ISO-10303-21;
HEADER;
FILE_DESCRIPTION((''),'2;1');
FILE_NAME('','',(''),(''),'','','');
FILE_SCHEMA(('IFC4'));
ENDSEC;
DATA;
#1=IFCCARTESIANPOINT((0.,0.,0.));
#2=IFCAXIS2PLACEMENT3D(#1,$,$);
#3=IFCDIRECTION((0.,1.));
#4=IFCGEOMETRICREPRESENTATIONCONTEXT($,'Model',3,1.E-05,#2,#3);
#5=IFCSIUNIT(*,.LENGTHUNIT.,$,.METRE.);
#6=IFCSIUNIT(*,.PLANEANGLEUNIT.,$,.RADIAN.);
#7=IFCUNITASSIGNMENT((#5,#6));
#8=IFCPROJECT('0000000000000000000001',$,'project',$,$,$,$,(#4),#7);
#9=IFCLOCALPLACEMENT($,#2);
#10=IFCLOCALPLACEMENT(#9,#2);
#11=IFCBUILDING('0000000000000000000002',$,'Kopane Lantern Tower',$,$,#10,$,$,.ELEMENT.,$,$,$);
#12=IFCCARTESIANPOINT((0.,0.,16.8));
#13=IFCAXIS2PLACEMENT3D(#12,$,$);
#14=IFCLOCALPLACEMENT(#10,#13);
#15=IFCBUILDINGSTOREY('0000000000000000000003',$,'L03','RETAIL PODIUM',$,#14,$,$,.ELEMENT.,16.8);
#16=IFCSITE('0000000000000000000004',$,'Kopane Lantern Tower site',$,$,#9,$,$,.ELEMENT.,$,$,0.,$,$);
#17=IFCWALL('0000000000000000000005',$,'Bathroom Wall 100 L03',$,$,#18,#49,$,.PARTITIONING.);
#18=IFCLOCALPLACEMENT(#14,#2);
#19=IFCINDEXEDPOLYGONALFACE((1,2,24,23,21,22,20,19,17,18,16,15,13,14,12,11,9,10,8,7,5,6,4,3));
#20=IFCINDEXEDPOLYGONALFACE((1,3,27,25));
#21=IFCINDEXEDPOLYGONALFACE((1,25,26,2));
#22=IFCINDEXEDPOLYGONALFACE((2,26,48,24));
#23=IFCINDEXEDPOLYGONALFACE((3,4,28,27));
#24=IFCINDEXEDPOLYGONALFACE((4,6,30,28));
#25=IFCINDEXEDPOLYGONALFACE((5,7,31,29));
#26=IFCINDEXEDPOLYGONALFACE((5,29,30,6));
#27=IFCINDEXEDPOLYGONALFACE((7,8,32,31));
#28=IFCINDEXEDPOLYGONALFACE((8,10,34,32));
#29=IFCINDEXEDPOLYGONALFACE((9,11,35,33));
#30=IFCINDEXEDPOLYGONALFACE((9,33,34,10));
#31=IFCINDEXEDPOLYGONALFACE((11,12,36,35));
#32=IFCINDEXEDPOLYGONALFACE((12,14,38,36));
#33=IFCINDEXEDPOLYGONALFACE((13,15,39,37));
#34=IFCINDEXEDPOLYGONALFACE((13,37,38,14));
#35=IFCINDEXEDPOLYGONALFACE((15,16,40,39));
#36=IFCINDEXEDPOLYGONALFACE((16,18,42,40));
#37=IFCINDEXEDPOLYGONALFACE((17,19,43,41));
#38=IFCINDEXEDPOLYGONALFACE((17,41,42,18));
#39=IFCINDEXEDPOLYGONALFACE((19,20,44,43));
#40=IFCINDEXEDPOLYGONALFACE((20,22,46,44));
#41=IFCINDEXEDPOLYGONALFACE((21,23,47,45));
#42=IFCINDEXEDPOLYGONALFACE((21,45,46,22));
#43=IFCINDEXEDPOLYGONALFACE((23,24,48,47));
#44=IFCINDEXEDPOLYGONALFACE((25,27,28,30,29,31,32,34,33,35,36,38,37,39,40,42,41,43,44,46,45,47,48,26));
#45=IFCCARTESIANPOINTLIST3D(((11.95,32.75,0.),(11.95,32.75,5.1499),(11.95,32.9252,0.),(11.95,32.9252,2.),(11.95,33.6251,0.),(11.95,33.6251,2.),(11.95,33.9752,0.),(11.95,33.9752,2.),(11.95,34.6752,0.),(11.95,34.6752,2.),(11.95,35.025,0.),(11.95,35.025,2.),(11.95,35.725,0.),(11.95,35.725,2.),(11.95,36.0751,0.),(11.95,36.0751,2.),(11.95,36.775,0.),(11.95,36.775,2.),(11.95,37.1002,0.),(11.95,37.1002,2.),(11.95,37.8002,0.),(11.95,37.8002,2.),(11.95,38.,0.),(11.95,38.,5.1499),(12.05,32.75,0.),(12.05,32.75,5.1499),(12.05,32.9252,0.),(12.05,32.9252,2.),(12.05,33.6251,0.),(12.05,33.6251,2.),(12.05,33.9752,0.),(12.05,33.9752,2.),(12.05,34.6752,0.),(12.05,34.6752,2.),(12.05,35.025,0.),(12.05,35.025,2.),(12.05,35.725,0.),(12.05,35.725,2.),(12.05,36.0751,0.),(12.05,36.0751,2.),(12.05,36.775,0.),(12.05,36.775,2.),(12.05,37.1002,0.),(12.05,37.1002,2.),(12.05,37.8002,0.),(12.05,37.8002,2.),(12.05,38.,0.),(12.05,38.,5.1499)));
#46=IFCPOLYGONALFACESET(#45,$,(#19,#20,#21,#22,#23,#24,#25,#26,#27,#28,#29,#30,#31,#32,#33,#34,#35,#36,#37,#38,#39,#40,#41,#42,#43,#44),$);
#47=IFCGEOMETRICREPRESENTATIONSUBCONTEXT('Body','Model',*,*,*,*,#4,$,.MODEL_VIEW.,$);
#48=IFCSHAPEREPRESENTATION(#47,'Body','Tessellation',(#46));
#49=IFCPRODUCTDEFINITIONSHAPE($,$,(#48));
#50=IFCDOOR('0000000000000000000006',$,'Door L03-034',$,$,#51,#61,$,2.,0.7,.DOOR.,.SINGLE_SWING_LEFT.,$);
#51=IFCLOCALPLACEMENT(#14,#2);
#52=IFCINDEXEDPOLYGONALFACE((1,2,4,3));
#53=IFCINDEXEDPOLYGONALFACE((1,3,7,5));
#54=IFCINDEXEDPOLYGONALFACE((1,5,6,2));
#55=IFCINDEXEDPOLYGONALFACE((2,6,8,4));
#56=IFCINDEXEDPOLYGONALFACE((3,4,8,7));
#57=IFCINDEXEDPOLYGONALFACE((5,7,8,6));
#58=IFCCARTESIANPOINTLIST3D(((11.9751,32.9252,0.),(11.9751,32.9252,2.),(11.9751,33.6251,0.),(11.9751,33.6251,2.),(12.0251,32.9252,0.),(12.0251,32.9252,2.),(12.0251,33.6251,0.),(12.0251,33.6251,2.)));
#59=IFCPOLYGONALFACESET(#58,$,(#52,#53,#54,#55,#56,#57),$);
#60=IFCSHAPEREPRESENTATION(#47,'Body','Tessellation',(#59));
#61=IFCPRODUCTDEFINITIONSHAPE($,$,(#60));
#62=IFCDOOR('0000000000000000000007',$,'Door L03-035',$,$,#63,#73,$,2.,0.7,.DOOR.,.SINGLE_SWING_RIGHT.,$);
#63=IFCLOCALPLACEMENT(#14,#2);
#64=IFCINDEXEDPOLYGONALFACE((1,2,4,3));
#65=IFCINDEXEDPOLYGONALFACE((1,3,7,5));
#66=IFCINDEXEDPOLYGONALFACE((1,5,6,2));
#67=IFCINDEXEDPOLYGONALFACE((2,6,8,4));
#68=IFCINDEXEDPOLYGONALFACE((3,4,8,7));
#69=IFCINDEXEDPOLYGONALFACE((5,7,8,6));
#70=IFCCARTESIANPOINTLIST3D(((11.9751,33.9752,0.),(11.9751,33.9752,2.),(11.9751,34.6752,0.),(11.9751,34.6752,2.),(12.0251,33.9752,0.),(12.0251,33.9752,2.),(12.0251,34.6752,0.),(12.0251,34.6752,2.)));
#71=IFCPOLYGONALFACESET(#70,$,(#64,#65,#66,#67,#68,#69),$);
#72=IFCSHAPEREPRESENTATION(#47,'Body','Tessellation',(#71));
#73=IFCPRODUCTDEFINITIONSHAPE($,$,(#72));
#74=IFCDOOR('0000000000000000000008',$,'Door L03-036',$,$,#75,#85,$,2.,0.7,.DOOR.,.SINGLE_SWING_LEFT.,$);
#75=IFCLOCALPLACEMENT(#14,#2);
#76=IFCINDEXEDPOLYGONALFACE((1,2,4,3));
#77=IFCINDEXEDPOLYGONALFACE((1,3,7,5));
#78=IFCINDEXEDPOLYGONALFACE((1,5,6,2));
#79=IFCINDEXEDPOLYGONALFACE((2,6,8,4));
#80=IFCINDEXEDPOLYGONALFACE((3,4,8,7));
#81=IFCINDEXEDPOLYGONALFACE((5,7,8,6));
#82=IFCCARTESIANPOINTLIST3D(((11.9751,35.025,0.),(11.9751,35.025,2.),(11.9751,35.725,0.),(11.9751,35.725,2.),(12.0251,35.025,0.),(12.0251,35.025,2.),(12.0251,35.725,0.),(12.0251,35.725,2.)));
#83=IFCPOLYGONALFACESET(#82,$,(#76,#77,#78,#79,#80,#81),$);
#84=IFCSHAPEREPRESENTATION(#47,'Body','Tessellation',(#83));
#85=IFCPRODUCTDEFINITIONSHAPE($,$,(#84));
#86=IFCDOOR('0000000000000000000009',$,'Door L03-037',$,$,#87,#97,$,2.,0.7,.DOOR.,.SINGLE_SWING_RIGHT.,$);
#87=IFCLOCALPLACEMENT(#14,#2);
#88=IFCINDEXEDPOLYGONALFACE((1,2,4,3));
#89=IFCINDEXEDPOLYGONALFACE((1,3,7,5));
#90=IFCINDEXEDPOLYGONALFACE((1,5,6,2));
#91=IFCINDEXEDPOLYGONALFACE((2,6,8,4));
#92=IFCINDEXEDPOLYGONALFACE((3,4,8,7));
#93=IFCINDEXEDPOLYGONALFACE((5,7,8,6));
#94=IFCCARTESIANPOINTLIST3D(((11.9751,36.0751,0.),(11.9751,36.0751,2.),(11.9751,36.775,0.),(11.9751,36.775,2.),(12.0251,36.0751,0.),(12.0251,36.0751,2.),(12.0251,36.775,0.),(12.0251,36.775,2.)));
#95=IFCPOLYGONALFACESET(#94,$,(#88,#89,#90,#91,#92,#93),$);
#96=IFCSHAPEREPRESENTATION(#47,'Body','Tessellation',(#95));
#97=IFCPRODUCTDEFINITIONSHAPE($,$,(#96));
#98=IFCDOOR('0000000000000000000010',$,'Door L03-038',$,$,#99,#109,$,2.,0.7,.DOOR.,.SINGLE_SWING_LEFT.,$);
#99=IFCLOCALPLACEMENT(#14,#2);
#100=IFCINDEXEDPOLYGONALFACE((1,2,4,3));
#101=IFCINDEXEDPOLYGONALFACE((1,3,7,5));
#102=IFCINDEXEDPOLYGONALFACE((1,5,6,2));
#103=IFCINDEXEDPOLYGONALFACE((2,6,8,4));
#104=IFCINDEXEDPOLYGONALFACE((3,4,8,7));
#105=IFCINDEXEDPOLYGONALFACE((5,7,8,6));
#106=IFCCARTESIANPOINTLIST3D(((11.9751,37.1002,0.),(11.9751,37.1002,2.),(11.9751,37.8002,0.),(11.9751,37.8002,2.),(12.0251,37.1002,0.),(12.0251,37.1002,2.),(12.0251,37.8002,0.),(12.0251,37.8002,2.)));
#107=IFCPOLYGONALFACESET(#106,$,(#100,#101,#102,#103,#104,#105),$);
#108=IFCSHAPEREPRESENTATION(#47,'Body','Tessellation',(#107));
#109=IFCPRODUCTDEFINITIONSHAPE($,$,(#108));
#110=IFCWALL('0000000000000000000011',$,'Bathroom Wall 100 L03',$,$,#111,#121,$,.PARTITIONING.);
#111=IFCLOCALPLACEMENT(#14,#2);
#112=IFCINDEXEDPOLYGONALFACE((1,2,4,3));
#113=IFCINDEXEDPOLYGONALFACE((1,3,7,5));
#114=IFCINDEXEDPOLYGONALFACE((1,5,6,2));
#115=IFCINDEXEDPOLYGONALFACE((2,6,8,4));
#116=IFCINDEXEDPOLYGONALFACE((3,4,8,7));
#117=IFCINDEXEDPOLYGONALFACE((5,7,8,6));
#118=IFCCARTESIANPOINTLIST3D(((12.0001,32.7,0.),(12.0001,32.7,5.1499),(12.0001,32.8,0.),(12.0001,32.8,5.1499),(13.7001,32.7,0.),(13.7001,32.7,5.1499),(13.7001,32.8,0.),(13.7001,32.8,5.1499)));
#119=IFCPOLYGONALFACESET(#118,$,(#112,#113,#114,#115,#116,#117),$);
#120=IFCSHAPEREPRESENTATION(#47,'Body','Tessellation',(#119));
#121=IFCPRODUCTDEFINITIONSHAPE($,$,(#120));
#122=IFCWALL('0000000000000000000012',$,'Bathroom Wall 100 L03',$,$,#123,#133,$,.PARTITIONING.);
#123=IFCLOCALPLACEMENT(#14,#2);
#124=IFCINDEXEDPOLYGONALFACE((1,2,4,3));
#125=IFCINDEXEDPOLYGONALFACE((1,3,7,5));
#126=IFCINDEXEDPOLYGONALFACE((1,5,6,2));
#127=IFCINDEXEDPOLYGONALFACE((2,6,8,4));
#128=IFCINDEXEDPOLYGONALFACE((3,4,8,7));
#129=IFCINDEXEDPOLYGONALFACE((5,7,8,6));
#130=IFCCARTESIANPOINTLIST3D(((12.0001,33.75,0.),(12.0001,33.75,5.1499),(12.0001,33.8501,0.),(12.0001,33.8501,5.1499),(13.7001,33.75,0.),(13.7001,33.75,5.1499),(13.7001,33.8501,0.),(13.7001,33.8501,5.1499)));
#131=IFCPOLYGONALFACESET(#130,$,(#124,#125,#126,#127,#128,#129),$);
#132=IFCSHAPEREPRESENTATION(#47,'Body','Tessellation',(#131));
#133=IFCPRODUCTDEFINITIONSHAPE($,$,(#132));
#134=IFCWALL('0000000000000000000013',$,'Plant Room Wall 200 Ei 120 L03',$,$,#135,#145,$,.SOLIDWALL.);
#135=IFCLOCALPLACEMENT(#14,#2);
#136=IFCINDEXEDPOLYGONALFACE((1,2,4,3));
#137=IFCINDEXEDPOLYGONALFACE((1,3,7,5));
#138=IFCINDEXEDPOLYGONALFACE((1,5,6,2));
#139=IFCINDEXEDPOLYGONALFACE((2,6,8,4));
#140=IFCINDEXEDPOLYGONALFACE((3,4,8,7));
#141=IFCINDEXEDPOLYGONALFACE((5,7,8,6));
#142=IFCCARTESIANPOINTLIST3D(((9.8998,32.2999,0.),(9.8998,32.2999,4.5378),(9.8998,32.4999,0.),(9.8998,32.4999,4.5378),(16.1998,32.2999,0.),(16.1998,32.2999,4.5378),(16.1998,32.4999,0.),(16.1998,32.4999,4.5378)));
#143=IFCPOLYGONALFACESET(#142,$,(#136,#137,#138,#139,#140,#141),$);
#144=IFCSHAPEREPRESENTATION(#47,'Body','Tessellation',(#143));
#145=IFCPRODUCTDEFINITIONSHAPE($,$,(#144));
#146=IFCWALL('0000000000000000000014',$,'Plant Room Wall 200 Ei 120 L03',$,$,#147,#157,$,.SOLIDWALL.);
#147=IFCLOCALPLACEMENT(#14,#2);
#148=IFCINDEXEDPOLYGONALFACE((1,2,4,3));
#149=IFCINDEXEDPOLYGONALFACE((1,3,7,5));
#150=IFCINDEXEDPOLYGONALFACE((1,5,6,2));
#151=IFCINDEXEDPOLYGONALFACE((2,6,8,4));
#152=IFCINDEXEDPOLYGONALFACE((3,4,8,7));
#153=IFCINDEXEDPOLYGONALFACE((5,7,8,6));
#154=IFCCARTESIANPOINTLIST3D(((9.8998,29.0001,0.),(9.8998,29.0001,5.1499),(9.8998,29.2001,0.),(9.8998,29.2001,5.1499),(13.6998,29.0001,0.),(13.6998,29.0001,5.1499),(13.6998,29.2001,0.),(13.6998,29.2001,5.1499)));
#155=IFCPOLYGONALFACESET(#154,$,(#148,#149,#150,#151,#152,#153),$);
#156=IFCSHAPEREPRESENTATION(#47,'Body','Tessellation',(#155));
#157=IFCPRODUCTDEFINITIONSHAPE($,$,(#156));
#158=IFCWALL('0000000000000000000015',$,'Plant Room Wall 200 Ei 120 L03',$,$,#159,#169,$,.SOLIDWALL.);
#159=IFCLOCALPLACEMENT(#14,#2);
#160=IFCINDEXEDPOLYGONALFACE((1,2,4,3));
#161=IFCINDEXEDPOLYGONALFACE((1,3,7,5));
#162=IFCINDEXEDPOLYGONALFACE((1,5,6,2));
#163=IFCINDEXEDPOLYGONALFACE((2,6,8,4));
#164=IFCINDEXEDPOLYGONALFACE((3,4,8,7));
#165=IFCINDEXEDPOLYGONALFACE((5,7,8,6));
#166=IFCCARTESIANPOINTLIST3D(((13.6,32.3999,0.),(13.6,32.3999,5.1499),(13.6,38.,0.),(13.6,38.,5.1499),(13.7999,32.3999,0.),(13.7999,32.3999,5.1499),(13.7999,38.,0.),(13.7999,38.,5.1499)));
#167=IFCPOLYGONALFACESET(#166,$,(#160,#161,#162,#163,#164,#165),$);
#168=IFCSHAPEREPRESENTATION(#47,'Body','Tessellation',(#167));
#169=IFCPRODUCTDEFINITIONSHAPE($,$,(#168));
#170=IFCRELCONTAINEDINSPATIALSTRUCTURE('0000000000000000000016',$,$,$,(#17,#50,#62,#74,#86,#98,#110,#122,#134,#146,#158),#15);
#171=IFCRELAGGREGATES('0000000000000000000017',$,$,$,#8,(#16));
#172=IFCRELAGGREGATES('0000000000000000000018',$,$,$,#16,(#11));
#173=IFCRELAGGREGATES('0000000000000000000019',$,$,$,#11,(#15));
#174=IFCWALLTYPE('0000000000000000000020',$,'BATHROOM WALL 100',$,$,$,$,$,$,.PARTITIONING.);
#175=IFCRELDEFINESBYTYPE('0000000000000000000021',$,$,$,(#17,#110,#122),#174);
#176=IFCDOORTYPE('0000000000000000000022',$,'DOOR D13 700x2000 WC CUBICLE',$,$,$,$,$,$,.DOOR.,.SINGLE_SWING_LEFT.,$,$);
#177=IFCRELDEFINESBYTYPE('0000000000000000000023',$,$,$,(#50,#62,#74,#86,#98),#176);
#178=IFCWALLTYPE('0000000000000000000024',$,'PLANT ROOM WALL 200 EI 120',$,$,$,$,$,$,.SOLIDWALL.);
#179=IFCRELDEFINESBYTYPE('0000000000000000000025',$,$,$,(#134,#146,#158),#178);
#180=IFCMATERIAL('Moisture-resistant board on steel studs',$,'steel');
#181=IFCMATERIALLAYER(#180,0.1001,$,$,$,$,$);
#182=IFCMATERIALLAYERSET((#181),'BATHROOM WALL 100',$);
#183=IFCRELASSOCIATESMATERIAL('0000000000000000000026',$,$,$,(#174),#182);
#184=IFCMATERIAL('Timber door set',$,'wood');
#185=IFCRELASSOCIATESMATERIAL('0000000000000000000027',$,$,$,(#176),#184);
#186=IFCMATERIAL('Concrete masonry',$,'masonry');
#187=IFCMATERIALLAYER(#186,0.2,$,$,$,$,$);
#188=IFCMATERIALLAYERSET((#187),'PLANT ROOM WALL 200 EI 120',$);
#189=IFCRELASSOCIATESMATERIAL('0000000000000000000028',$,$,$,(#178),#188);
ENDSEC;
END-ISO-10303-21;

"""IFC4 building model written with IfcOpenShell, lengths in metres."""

from ifc_helpers import new_model, si_unit, direction, frame, frame_2d, origin, place, context, subcontext, project, spatial, rectangle, extrude, material, layer, layer_set, type_object, element, fill, save


model = new_model("IFC4")

# Units and contexts
model_context = context("Model", 3, precision=1e-05, world=origin(), true_north=direction((0.0, 1.0)))
body_context = subcontext(model_context, "Body", "Model", "MODEL_VIEW")
ifc_project = project(units=[si_unit("LENGTHUNIT", "METRE"), si_unit("PLANEANGLEUNIT", "RADIAN")], contexts=[model_context])

# Site, building, storey
site_placement = place(None, origin())
site = spatial("IfcSite", under=ifc_project, at=site_placement, Name="Kopane Lantern Tower site", CompositionType="ELEMENT", RefElevation=0.0)
building_placement = place(site_placement, origin())
building = spatial("IfcBuilding", under=site, at=building_placement, Name="Kopane Lantern Tower", CompositionType="ELEMENT")
storey_placement = place(building_placement, frame((0.0, 0.0, 16.8)))
storey = spatial("IfcBuildingStorey", under=building, at=storey_placement, Name="L03", Description="RETAIL PODIUM", CompositionType="ELEMENT", Elevation=16.8)

# Shared definitions
ifc_material_1 = material(Name="Moisture-resistant board on steel studs", Category="steel")
ifc_layer_1 = layer(ifc_material_1, 0.1001)
ifc_layer_set_1 = layer_set([ifc_layer_1], Name="BATHROOM WALL 100")
wall_type_1 = type_object("IfcWallType", Name="BATHROOM WALL 100", PredefinedType="PARTITIONING", material=ifc_layer_set_1)

# Wall, openings, doors
wall_1_placement = place(storey_placement, frame((12.0, 32.75, 0.0), z_axis=(0.0, 0.0, 1.0), x_axis=(0.0, 1.0, 0.0)))
wall_1 = element("IfcWall", 1, at=wall_1_placement, inside=storey, type_object=wall_type_1, Name="Bathroom Wall 100 L03", PredefinedType="PARTITIONING", context=body_context, shape_type="SweptSolid", body=[
    extrude(rectangle(XDim=5.25, YDim=0.1001, at=frame_2d((2.625, 0.0))), origin(), (0.0, 0.0, 1.0), 5.1499),
])
opening_1_placement = place(wall_1_placement, frame((0.175, 0.0, 0.0)))
opening_1 = element("IfcOpeningElement", 2, at=opening_1_placement, cuts=wall_1, PredefinedType="OPENING", context=body_context, shape_type="SweptSolid", body=[
    extrude(rectangle(XDim=0.7, YDim=2.0, at=frame_2d((0.3501, 1.0))), frame((0.0, 0.0601, 0.0), z_axis=(0.0, -1.0, 0.0), x_axis=(1.0, 0.0, 0.0)), (0.0, 0.0, 1.0), 0.1201),
])
opening_2_placement = place(wall_1_placement, frame((1.2251, 0.0, 0.0)))
opening_2 = element("IfcOpeningElement", 3, at=opening_2_placement, cuts=wall_1, PredefinedType="OPENING", context=body_context, shape_type="SweptSolid", body=[
    extrude(rectangle(XDim=0.7, YDim=2.0, at=frame_2d((0.3501, 1.0))), frame((0.0, 0.0601, 0.0), z_axis=(0.0, -1.0, 0.0), x_axis=(1.0, 0.0, 0.0)), (0.0, 0.0, 1.0), 0.1201),
])
opening_3_placement = place(wall_1_placement, frame((2.2749, 0.0, 0.0)))
opening_3 = element("IfcOpeningElement", 4, at=opening_3_placement, cuts=wall_1, PredefinedType="OPENING", context=body_context, shape_type="SweptSolid", body=[
    extrude(rectangle(XDim=0.7, YDim=2.0, at=frame_2d((0.3501, 1.0))), frame((0.0, 0.0601, 0.0), z_axis=(0.0, -1.0, 0.0), x_axis=(1.0, 0.0, 0.0)), (0.0, 0.0, 1.0), 0.1201),
])
opening_4_placement = place(wall_1_placement, frame((3.325, 0.0, 0.0)))
opening_4 = element("IfcOpeningElement", 5, at=opening_4_placement, cuts=wall_1, PredefinedType="OPENING", context=body_context, shape_type="SweptSolid", body=[
    extrude(rectangle(XDim=0.7, YDim=2.0, at=frame_2d((0.3501, 1.0))), frame((0.0, 0.0601, 0.0), z_axis=(0.0, -1.0, 0.0), x_axis=(1.0, 0.0, 0.0)), (0.0, 0.0, 1.0), 0.1201),
])
opening_5_placement = place(wall_1_placement, frame((4.3501, 0.0, 0.0)))
opening_5 = element("IfcOpeningElement", 6, at=opening_5_placement, cuts=wall_1, PredefinedType="OPENING", context=body_context, shape_type="SweptSolid", body=[
    extrude(rectangle(XDim=0.7, YDim=2.0, at=frame_2d((0.3501, 1.0))), frame((0.0, 0.0601, 0.0), z_axis=(0.0, -1.0, 0.0), x_axis=(1.0, 0.0, 0.0)), (0.0, 0.0, 1.0), 0.1201),
])
ifc_material_2 = material(Name="Timber door set", Category="wood")
door_type = type_object("IfcDoorType", Name="DOOR D13 700x2000 WC CUBICLE", OperationType="SINGLE_SWING_LEFT", PredefinedType="DOOR", material=ifc_material_2)
door_1_placement = place(opening_1_placement, origin())
door_1 = element("IfcDoor", 7, at=door_1_placement, inside=storey, type_object=door_type, Name="Door L03-034", OperationType="SINGLE_SWING_LEFT", OverallHeight=2.0, OverallWidth=0.7, PredefinedType="DOOR", context=body_context, shape_type="SweptSolid", body=[
    extrude(rectangle(XDim=0.7, YDim=2.0, at=frame_2d((0.3501, 1.0))), frame((0.0, 0.0249, 0.0), z_axis=(0.0, -1.0, 0.0), x_axis=(1.0, 0.0, 0.0)), (0.0, 0.0, 1.0), 0.05),
])
fill(opening_1, door_1)
door_2_placement = place(opening_2_placement, origin())
door_2 = element("IfcDoor", 8, at=door_2_placement, inside=storey, type_object=door_type, Name="Door L03-035", OperationType="SINGLE_SWING_RIGHT", OverallHeight=2.0, OverallWidth=0.7, PredefinedType="DOOR", context=body_context, shape_type="SweptSolid", body=[
    extrude(rectangle(XDim=0.7, YDim=2.0, at=frame_2d((0.3501, 1.0))), frame((0.0, 0.0249, 0.0), z_axis=(0.0, -1.0, 0.0), x_axis=(1.0, 0.0, 0.0)), (0.0, 0.0, 1.0), 0.05),
])
fill(opening_2, door_2)
door_3_placement = place(opening_3_placement, origin())
door_3 = element("IfcDoor", 9, at=door_3_placement, inside=storey, type_object=door_type, Name="Door L03-036", OperationType="SINGLE_SWING_LEFT", OverallHeight=2.0, OverallWidth=0.7, PredefinedType="DOOR", context=body_context, shape_type="SweptSolid", body=[
    extrude(rectangle(XDim=0.7, YDim=2.0, at=frame_2d((0.3501, 1.0))), frame((0.0, 0.0249, 0.0), z_axis=(0.0, -1.0, 0.0), x_axis=(1.0, 0.0, 0.0)), (0.0, 0.0, 1.0), 0.05),
])
fill(opening_3, door_3)
door_4_placement = place(opening_4_placement, origin())
door_4 = element("IfcDoor", 10, at=door_4_placement, inside=storey, type_object=door_type, Name="Door L03-037", OperationType="SINGLE_SWING_RIGHT", OverallHeight=2.0, OverallWidth=0.7, PredefinedType="DOOR", context=body_context, shape_type="SweptSolid", body=[
    extrude(rectangle(XDim=0.7, YDim=2.0, at=frame_2d((0.3501, 1.0))), frame((0.0, 0.0249, 0.0), z_axis=(0.0, -1.0, 0.0), x_axis=(1.0, 0.0, 0.0)), (0.0, 0.0, 1.0), 0.05),
])
fill(opening_4, door_4)
door_5_placement = place(opening_5_placement, origin())
door_5 = element("IfcDoor", 11, at=door_5_placement, inside=storey, type_object=door_type, Name="Door L03-038", OperationType="SINGLE_SWING_LEFT", OverallHeight=2.0, OverallWidth=0.7, PredefinedType="DOOR", context=body_context, shape_type="SweptSolid", body=[
    extrude(rectangle(XDim=0.7, YDim=2.0, at=frame_2d((0.3501, 1.0))), frame((0.0, 0.0249, 0.0), z_axis=(0.0, -1.0, 0.0), x_axis=(1.0, 0.0, 0.0)), (0.0, 0.0, 1.0), 0.05),
])
fill(opening_5, door_5)

# Walls
for number, where, z_axis, x_axis, name in (
    (12, (12.0, 32.75, 0.0), (0.0, 0.0, 1.0), (1.0, 0.0, 0.0), "Bathroom Wall 100 L03"),
    (13, (12.0, 33.8, 0.0), (0.0, 0.0, 1.0), (1.0, 0.0, 0.0), "Bathroom Wall 100 L03"),
):
    element("IfcWall", number, at=place(storey_placement, frame(where, z_axis=z_axis, x_axis=x_axis)), inside=storey, type_object=wall_type_1, Name=name, PredefinedType="PARTITIONING", context=body_context, shape_type="SweptSolid", body=[
        extrude(rectangle(XDim=1.7, YDim=0.1001, at=frame_2d((0.8501, 0.0))), origin(), (0.0, 0.0, 1.0), 5.1499),
    ])
ifc_material_3 = material(Name="Concrete masonry", Category="masonry")
ifc_layer_2 = layer(ifc_material_3, 0.2)
ifc_layer_set_2 = layer_set([ifc_layer_2], Name="PLANT ROOM WALL 200 EI 120")
wall_type_2 = type_object("IfcWallType", Name="PLANT ROOM WALL 200 EI 120", PredefinedType="SOLIDWALL", material=ifc_layer_set_2)
wall_2_placement = place(storey_placement, frame((9.8999, 32.3999, 0.0), z_axis=(0.0, 0.0, 1.0), x_axis=(1.0, 0.0, 0.0)))
element("IfcWall", 14, at=wall_2_placement, inside=storey, type_object=wall_type_2, Name="Plant Room Wall 200 Ei 120 L03", PredefinedType="SOLIDWALL", context=body_context, shape_type="SweptSolid", body=[
    extrude(rectangle(XDim=6.3, YDim=0.2, at=frame_2d((3.1499, 0.0))), origin(), (0.0, 0.0, 1.0), 4.5378),
])
wall_3_placement = place(storey_placement, frame((9.8999, 29.1001, 0.0), z_axis=(0.0, 0.0, 1.0), x_axis=(1.0, 0.0, 0.0)))
element("IfcWall", 15, at=wall_3_placement, inside=storey, type_object=wall_type_2, Name="Plant Room Wall 200 Ei 120 L03", PredefinedType="SOLIDWALL", context=body_context, shape_type="SweptSolid", body=[
    extrude(rectangle(XDim=3.8, YDim=0.2, at=frame_2d((1.8999, 0.0))), origin(), (0.0, 0.0, 1.0), 5.1499),
])
wall_4_placement = place(storey_placement, frame((13.7, 32.3999, 0.0), z_axis=(0.0, 0.0, 1.0), x_axis=(0.0, 1.0, 0.0)))
element("IfcWall", 16, at=wall_4_placement, inside=storey, type_object=wall_type_2, Name="Plant Room Wall 200 Ei 120 L03", PredefinedType="SOLIDWALL", context=body_context, shape_type="SweptSolid", body=[
    extrude(rectangle(XDim=5.6001, YDim=0.2, at=frame_2d((2.8, 0.0))), origin(), (0.0, 0.0, 1.0), 5.1499),
])

save(model, "model.ifc")
